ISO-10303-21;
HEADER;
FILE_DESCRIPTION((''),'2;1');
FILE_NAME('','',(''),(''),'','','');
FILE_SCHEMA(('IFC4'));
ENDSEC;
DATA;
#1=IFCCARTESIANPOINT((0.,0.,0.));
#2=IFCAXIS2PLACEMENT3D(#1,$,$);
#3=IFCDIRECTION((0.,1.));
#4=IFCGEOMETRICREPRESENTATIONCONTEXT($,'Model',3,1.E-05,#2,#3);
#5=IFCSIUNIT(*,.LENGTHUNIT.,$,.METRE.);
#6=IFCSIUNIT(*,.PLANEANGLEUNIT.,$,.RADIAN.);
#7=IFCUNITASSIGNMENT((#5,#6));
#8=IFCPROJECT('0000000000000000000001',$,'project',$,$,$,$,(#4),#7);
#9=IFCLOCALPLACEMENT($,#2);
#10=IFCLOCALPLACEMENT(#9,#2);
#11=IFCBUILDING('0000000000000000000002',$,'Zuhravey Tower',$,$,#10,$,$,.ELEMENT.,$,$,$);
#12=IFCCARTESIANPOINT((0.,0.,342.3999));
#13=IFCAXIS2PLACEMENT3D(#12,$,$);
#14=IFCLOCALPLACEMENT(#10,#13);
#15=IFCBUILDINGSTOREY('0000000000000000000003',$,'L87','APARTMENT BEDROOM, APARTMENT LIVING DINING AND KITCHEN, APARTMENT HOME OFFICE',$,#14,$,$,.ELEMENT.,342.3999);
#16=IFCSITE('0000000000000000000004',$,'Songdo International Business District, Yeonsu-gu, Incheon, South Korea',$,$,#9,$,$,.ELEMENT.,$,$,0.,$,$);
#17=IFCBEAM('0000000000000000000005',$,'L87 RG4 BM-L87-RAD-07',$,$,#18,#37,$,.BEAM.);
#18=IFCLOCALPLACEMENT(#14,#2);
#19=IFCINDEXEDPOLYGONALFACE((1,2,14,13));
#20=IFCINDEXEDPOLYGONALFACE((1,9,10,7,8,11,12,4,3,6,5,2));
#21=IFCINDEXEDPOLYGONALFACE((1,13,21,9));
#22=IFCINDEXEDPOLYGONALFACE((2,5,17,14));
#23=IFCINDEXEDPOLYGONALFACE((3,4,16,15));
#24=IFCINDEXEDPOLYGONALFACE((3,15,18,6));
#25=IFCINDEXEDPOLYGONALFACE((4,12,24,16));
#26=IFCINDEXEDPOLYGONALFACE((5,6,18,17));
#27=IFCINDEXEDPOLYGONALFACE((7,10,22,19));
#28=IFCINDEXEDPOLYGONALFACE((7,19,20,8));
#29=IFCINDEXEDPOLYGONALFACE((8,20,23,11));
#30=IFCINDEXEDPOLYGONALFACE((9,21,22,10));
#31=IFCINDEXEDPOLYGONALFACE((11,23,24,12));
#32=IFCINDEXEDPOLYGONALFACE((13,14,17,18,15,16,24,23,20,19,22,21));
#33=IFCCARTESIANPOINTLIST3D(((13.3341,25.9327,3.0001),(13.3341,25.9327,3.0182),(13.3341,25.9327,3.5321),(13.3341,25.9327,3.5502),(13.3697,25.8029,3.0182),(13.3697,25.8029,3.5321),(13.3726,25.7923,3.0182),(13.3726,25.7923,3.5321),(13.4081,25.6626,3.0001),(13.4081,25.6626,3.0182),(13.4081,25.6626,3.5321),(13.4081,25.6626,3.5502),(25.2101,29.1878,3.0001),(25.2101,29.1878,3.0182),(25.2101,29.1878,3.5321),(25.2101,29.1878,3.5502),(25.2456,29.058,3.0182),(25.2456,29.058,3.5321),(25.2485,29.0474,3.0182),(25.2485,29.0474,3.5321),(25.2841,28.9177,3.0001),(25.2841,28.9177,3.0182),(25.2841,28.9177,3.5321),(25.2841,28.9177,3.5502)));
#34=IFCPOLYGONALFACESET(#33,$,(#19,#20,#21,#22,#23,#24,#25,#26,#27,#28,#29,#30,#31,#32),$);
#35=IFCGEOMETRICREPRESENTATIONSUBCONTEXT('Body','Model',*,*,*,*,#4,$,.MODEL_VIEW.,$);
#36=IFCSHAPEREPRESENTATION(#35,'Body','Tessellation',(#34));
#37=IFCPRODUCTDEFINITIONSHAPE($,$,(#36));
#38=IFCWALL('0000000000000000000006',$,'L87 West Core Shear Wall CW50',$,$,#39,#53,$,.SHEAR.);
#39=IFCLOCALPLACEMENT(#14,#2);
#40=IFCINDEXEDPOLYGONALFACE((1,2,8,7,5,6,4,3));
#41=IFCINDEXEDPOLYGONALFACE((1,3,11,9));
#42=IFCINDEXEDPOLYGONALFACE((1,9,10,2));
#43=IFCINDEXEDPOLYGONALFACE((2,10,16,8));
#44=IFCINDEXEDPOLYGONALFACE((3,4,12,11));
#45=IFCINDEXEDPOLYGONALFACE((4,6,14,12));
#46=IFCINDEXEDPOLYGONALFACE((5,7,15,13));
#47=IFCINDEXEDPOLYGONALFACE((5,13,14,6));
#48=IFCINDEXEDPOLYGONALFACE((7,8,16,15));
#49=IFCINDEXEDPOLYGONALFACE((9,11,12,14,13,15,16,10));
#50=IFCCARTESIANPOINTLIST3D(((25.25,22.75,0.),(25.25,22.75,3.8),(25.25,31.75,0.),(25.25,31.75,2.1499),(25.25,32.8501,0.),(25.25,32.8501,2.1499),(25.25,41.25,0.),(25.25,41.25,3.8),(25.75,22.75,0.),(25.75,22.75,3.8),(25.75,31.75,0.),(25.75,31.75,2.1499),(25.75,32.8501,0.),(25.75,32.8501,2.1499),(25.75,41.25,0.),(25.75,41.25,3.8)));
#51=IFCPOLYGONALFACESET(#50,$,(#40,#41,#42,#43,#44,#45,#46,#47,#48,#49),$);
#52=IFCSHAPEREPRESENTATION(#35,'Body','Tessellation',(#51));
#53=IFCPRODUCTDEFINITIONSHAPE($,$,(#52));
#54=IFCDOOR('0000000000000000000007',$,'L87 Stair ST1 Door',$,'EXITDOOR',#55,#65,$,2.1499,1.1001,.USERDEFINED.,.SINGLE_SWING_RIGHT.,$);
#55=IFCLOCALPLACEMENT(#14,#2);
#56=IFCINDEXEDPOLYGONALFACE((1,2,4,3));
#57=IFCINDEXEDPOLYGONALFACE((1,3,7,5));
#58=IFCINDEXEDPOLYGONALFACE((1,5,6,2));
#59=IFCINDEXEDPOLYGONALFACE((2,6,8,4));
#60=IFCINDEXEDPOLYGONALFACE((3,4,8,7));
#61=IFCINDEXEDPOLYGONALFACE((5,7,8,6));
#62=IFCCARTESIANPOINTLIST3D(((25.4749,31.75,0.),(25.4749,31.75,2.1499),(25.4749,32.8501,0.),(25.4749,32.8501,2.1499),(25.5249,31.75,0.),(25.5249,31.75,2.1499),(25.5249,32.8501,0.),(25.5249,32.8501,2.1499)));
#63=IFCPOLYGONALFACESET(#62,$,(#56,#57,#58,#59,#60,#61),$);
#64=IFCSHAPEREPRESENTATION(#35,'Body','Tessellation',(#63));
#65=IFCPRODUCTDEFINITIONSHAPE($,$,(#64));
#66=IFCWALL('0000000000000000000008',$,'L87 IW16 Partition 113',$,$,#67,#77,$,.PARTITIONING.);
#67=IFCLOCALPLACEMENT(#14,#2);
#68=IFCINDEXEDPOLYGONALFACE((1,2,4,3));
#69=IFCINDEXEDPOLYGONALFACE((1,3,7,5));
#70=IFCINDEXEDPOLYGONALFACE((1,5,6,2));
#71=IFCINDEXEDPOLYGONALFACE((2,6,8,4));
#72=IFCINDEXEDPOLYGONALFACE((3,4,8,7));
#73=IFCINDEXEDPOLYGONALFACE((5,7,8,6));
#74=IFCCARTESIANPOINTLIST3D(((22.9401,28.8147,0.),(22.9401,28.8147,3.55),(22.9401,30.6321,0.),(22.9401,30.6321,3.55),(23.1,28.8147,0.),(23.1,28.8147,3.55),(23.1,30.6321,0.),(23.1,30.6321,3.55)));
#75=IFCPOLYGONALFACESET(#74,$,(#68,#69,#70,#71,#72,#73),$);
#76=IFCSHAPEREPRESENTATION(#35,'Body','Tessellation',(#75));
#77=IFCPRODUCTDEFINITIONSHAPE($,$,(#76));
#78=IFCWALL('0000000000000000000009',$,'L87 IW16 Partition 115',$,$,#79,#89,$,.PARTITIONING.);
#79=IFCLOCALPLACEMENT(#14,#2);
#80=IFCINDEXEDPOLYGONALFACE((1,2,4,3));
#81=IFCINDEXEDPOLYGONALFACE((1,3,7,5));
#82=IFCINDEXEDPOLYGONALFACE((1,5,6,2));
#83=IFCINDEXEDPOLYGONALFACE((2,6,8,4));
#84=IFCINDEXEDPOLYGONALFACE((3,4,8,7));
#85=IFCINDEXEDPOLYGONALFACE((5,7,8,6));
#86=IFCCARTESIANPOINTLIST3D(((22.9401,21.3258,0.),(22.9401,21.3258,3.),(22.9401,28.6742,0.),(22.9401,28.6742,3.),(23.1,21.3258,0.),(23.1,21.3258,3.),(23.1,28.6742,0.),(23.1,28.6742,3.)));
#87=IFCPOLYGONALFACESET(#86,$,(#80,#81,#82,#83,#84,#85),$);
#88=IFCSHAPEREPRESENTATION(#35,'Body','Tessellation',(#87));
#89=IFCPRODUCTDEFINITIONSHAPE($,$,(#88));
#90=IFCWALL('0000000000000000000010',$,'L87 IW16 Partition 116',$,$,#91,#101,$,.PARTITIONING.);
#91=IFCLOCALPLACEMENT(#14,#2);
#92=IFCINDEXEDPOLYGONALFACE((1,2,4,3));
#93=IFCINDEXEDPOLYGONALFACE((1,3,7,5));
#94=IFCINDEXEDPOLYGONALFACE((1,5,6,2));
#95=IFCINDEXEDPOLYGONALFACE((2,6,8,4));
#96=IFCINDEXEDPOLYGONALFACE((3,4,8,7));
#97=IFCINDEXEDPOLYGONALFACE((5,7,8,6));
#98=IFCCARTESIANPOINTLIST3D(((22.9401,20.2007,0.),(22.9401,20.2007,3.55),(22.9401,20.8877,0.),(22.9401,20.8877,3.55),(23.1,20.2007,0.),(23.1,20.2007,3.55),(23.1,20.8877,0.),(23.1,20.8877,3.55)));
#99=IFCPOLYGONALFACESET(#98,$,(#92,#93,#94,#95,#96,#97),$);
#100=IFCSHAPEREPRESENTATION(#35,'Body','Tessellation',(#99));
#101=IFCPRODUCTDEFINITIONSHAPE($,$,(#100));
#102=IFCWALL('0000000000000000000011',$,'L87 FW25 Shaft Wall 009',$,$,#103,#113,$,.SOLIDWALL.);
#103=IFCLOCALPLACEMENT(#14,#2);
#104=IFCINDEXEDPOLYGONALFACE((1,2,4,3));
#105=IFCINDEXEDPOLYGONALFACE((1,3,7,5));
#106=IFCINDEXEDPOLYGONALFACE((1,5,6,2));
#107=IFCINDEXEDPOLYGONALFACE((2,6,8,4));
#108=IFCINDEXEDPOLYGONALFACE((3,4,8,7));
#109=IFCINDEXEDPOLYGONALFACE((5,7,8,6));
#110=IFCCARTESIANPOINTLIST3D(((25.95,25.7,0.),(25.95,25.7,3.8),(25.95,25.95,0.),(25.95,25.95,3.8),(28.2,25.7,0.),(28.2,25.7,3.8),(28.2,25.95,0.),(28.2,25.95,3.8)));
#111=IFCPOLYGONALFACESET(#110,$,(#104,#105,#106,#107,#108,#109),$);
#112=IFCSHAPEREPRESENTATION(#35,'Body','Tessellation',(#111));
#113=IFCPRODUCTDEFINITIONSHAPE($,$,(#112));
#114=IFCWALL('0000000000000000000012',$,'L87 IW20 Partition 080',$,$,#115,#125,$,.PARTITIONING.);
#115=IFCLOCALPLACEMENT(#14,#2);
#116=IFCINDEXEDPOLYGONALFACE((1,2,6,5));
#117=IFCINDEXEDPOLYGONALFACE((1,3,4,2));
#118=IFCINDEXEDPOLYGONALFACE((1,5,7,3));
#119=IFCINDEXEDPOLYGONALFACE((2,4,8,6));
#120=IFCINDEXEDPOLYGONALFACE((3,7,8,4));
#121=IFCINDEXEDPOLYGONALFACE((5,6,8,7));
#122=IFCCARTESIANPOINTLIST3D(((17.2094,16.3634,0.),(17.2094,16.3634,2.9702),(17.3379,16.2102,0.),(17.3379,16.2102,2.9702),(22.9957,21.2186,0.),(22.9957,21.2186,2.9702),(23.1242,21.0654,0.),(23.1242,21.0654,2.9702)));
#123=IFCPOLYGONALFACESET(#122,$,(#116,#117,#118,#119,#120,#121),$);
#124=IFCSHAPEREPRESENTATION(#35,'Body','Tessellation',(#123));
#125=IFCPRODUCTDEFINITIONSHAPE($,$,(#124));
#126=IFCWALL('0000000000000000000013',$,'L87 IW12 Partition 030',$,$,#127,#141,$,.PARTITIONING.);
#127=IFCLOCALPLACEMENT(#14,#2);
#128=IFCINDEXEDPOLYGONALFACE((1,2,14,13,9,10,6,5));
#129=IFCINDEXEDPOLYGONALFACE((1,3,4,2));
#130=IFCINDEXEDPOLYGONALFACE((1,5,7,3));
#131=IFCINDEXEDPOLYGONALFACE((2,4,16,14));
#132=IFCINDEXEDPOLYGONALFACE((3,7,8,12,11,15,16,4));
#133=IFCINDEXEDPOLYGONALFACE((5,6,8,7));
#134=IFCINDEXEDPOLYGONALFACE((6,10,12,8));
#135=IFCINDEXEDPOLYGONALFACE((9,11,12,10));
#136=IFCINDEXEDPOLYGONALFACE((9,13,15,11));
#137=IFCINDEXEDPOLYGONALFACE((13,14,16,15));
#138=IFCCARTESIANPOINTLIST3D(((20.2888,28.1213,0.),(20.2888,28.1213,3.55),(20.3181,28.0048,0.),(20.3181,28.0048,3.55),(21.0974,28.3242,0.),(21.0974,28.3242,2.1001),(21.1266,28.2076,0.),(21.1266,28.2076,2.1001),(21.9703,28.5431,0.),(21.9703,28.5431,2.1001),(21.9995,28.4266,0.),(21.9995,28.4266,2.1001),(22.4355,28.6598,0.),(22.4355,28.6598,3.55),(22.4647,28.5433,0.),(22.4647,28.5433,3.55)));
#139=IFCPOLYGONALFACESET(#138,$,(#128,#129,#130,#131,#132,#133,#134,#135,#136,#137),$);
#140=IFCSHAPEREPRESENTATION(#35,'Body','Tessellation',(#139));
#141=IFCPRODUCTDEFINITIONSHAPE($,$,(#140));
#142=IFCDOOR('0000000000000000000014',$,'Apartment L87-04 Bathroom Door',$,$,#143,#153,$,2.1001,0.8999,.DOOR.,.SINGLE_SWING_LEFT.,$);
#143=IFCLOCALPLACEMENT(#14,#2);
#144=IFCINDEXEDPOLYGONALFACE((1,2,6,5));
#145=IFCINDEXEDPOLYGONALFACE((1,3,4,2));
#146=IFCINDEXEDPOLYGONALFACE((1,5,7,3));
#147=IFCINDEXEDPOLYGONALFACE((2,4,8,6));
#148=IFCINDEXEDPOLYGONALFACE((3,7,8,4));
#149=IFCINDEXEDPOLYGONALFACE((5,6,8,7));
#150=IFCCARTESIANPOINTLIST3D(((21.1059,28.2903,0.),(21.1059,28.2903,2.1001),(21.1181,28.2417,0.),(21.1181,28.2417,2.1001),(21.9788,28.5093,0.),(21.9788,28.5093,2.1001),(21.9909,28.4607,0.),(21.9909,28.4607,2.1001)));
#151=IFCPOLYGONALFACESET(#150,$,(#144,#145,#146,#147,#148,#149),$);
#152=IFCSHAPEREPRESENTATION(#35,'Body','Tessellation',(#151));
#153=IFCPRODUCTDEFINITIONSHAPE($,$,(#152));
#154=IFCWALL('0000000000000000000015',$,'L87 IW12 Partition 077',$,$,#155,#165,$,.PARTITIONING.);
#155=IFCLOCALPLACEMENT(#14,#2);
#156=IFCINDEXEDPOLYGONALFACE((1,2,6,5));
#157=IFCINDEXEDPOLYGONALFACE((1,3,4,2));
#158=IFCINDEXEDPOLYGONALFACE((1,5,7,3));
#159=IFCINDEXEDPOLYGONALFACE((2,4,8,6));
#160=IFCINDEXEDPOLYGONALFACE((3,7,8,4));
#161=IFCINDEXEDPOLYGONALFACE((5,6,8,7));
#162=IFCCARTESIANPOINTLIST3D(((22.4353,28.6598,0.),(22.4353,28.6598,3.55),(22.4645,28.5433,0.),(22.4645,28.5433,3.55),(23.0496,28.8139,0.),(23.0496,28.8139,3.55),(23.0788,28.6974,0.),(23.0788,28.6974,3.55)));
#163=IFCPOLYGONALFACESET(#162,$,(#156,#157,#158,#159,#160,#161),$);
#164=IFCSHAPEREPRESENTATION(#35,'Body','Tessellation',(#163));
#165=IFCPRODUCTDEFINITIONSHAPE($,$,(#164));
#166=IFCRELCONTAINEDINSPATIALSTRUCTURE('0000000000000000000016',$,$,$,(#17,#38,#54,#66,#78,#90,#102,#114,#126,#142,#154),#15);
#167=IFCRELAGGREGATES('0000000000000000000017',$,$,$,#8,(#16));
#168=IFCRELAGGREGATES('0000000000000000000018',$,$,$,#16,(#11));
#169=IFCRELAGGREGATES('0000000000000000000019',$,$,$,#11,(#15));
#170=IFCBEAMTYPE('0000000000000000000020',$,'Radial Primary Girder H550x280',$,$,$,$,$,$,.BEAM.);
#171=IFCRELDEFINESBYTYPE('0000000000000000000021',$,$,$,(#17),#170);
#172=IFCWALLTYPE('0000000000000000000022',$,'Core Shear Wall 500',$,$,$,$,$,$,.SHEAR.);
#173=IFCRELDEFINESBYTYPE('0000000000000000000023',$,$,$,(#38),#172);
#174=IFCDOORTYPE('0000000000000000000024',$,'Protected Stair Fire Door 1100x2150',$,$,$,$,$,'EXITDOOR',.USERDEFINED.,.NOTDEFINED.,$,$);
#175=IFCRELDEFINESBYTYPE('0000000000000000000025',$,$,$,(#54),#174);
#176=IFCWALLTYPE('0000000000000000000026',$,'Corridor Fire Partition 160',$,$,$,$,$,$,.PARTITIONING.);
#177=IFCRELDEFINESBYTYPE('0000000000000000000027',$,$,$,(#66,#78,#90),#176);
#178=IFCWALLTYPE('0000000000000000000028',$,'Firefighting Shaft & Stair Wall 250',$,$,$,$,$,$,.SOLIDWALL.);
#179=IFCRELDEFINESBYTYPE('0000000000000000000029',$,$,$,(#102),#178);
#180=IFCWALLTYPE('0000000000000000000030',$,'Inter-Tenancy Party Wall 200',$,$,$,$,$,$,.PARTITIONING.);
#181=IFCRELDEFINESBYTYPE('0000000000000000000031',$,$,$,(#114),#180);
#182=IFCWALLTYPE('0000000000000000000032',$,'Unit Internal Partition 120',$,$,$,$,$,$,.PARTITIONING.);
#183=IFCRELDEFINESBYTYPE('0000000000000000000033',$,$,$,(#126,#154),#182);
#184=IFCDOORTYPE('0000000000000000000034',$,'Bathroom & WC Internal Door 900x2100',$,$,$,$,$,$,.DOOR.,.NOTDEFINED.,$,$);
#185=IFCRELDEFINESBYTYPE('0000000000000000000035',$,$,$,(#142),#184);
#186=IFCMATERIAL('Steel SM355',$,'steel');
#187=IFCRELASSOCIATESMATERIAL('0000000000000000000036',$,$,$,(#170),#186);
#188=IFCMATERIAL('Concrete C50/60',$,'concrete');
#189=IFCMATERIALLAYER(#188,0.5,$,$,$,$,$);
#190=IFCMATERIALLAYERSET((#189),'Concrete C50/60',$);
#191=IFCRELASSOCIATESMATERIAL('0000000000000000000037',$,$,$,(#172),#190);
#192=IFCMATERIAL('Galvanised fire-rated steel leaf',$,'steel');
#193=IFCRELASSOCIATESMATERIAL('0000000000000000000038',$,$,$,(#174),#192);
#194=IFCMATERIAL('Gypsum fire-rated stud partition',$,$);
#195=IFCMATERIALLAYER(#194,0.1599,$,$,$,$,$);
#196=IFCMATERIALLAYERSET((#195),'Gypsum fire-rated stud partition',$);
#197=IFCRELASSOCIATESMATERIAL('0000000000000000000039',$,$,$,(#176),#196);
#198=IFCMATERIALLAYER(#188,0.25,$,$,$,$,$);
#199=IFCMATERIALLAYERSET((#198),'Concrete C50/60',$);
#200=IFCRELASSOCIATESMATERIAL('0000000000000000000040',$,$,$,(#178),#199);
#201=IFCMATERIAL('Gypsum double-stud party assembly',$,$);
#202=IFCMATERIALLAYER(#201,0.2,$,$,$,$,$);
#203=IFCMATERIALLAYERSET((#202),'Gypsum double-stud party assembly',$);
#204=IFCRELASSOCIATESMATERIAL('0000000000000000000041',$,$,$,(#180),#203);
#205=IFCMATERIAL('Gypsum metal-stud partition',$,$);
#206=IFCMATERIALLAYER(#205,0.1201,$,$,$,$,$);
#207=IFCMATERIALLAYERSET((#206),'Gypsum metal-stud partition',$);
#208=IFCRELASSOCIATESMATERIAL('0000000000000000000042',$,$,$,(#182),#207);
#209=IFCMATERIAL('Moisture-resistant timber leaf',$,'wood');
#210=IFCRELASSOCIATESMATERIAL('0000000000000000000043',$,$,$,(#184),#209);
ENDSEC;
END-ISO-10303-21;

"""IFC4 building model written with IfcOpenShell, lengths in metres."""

from ifc_helpers import new_model, si_unit, direction, frame, frame_2d, origin, origin_2d, place, context, subcontext, project, spatial, rectangle, i_section, extrude, material, layer, layer_set, material_profile, profile_set, type_object, element, fill, save


model = new_model("IFC4")

# Units and contexts
model_context = context("Model", 3, precision=1e-05, world=origin(), true_north=direction((0.0, 1.0)))
body_context = subcontext(model_context, "Body", "Model", "MODEL_VIEW")
ifc_project = project(units=[si_unit("LENGTHUNIT", "METRE"), si_unit("PLANEANGLEUNIT", "RADIAN")], contexts=[model_context])

# Site, building, storey
site_placement = place(None, origin())
site = spatial("IfcSite", under=ifc_project, at=site_placement, Name="Songdo International Business District, Yeonsu-gu, Incheon, South Korea", CompositionType="ELEMENT", RefElevation=0.0)
building_placement = place(site_placement, origin())
building = spatial("IfcBuilding", under=site, at=building_placement, Name="Zuhravey Tower", CompositionType="ELEMENT")
storey_placement = place(building_placement, frame((0.0, 0.0, 342.3999)))
storey = spatial("IfcBuildingStorey", under=building, at=storey_placement, Name="L87", Description="APARTMENT BEDROOM, APARTMENT LIVING DINING AND KITCHEN, APARTMENT HOME OFFICE", CompositionType="ELEMENT", Elevation=342.3999)

# Beam
ifc_material_1 = material(Name="Steel SM355", Category="steel")
ifc_material_profile = material_profile(ifc_material_1, i_section(OverallWidth=0.28, OverallDepth=0.55, WebThickness=0.011, FlangeThickness=0.0181, at=origin_2d()), Name="H-550x280x11x18")
ifc_profile_set = profile_set([ifc_material_profile], Name="Steel SM355")
beam_type = type_object("IfcBeamType", Name="Radial Primary Girder H550x280", PredefinedType="BEAM", material=ifc_profile_set)
beam_placement = place(storey_placement, frame((25.2471, 29.0527, 3.2751), z_axis=(-0.964429, -0.264344, 0.0), x_axis=(0.264344, -0.964429, 0.0)))
element("IfcBeam", 1, at=beam_placement, inside=storey, type_object=beam_type, Name="L87 RG4 BM-L87-RAD-07", PredefinedType="BEAM", context=body_context, shape_type="SweptSolid", body=[
    extrude(i_section(OverallWidth=0.28, OverallDepth=0.55, WebThickness=0.011, FlangeThickness=0.0181, at=origin_2d()), origin(), (0.0, 0.0, 1.0), 12.314),
])

# Wall, opening, door
ifc_material_2 = material(Name="Concrete C50/60", Category="concrete")
ifc_layer_1 = layer(ifc_material_2, 0.5)
ifc_layer_set_1 = layer_set([ifc_layer_1], Name="Concrete C50/60")
wall_type_1 = type_object("IfcWallType", Name="Core Shear Wall 500", PredefinedType="SHEAR", material=ifc_layer_set_1)
ifc_material_3 = material(Name="Galvanised fire-rated steel leaf", Category="steel")
wall_1_placement = place(storey_placement, frame((25.5, 22.75, 0.0), z_axis=(0.0, 0.0, 1.0), x_axis=(0.0, 1.0, 0.0)))
wall_1 = element("IfcWall", 2, at=wall_1_placement, inside=storey, type_object=wall_type_1, Name="L87 West Core Shear Wall CW50", PredefinedType="SHEAR", context=body_context, shape_type="SweptSolid", body=[
    extrude(rectangle(XDim=18.5, YDim=0.5, at=frame_2d((9.25, 0.0))), origin(), (0.0, 0.0, 1.0), 3.8),
])
opening_1_placement = place(wall_1_placement, frame((9.0, 0.0, 0.0)))
opening_1 = element("IfcOpeningElement", 3, at=opening_1_placement, cuts=wall_1, PredefinedType="OPENING", context=body_context, shape_type="SweptSolid", body=[
    extrude(rectangle(XDim=1.1001, YDim=2.1499, at=frame_2d((0.55, 1.075))), frame((0.0, 0.262, 0.0), z_axis=(0.0, -1.0, 0.0), x_axis=(1.0, 0.0, 0.0)), (0.0, 0.0, 1.0), 0.5239),
])
door_type_1 = type_object("IfcDoorType", Name="Protected Stair Fire Door 1100x2150", ElementType="EXITDOOR", OperationType="NOTDEFINED", PredefinedType="USERDEFINED", material=ifc_material_3)
door_1_placement = place(opening_1_placement, frame((1.1001, 0.0, 0.0), z_axis=(0.0, 0.0, 1.0), x_axis=(-1.0, 0.0, 0.0)))
door_1 = element("IfcDoor", 4, at=door_1_placement, inside=storey, type_object=door_type_1, Name="L87 Stair ST1 Door", ObjectType="EXITDOOR", OperationType="SINGLE_SWING_RIGHT", OverallHeight=2.1499, OverallWidth=1.1001, PredefinedType="USERDEFINED", context=body_context, shape_type="SweptSolid", body=[
    extrude(rectangle(XDim=1.1001, YDim=2.1499, at=frame_2d((0.55, 1.075))), frame((0.0, 0.0249, 0.0), z_axis=(0.0, -1.0, 0.0), x_axis=(1.0, 0.0, 0.0)), (0.0, 0.0, 1.0), 0.05),
])
fill(opening_1, door_1)

# Walls
ifc_material_4 = material(Name="Gypsum fire-rated stud partition")
ifc_layer_2 = layer(ifc_material_4, 0.1599)
ifc_layer_set_2 = layer_set([ifc_layer_2], Name="Gypsum fire-rated stud partition")
wall_type_2 = type_object("IfcWallType", Name="Corridor Fire Partition 160", PredefinedType="PARTITIONING", material=ifc_layer_set_2)
wall_2_placement = place(storey_placement, frame((23.02, 30.6321, 0.0), z_axis=(0.0, 0.0, 1.0), x_axis=(0.0, -1.0, 0.0)))
element("IfcWall", 5, at=wall_2_placement, inside=storey, type_object=wall_type_2, Name="L87 IW16 Partition 113", PredefinedType="PARTITIONING", context=body_context, shape_type="SweptSolid", body=[
    extrude(rectangle(XDim=1.8174, YDim=0.1599, at=frame_2d((0.9087, 0.0))), origin(), (0.0, 0.0, 1.0), 3.55),
])
wall_3_placement = place(storey_placement, frame((23.02, 28.6743, 0.0), z_axis=(0.0, 0.0, 1.0), x_axis=(0.0, -1.0, 0.0)))
element("IfcWall", 6, at=wall_3_placement, inside=storey, type_object=wall_type_2, Name="L87 IW16 Partition 115", PredefinedType="PARTITIONING", context=body_context, shape_type="SweptSolid", body=[
    extrude(rectangle(XDim=7.3484, YDim=0.1599, at=frame_2d((3.6743, 0.0))), origin(), (0.0, 0.0, 1.0), 3.0),
])
wall_4_placement = place(storey_placement, frame((23.02, 20.8877, 0.0), z_axis=(0.0, 0.0, 1.0), x_axis=(0.0, -1.0, 0.0)))
element("IfcWall", 7, at=wall_4_placement, inside=storey, type_object=wall_type_2, Name="L87 IW16 Partition 116", PredefinedType="PARTITIONING", context=body_context, shape_type="SweptSolid", body=[
    extrude(rectangle(XDim=0.687, YDim=0.1599, at=frame_2d((0.3435, 0.0))), origin(), (0.0, 0.0, 1.0), 3.55),
])
ifc_layer_3 = layer(ifc_material_2, 0.25)
ifc_layer_set_3 = layer_set([ifc_layer_3], Name="Concrete C50/60")
wall_type_3 = type_object("IfcWallType", Name="Firefighting Shaft & Stair Wall 250", PredefinedType="SOLIDWALL", material=ifc_layer_set_3)
wall_5_placement = place(storey_placement, frame((25.95, 25.825, 0.0), z_axis=(0.0, 0.0, 1.0), x_axis=(1.0, 0.0, 0.0)))
element("IfcWall", 8, at=wall_5_placement, inside=storey, type_object=wall_type_3, Name="L87 FW25 Shaft Wall 009", PredefinedType="SOLIDWALL", context=body_context, shape_type="SweptSolid", body=[
    extrude(rectangle(XDim=2.25, YDim=0.25, at=frame_2d((1.125, 0.0))), origin(), (0.0, 0.0, 1.0), 3.8),
])
ifc_material_5 = material(Name="Gypsum double-stud party assembly")
ifc_layer_4 = layer(ifc_material_5, 0.2)
ifc_layer_set_4 = layer_set([ifc_layer_4], Name="Gypsum double-stud party assembly")
wall_type_4 = type_object("IfcWallType", Name="Inter-Tenancy Party Wall 200", PredefinedType="PARTITIONING", material=ifc_layer_set_4)
wall_6_placement = place(storey_placement, frame((23.0601, 21.1421, 0.0), z_axis=(0.0, 0.0, 1.0), x_axis=(-0.766052, -0.642778, 0.0)))
element("IfcWall", 9, at=wall_6_placement, inside=storey, type_object=wall_type_4, Name="L87 IW20 Partition 080", PredefinedType="PARTITIONING", context=body_context, shape_type="SweptSolid", body=[
    extrude(rectangle(XDim=7.5535, YDim=0.2, at=frame_2d((3.7769, 0.0))), origin(), (0.0, 0.0, 1.0), 2.9702),
])

# Wall, opening, door
ifc_material_6 = material(Name="Gypsum metal-stud partition")
ifc_layer_5 = layer(ifc_material_6, 0.1201)
ifc_layer_set_5 = layer_set([ifc_layer_5], Name="Gypsum metal-stud partition")
wall_type_5 = type_object("IfcWallType", Name="Unit Internal Partition 120", PredefinedType="PARTITIONING", material=ifc_layer_set_5)
wall_7_placement = place(storey_placement, frame((22.45, 28.6016, 0.0), z_axis=(0.0, 0.0, 1.0), x_axis=(-0.969941, -0.24334, 0.0)))
wall_7 = element("IfcWall", 10, at=wall_7_placement, inside=storey, type_object=wall_type_5, Name="L87 IW12 Partition 030", PredefinedType="PARTITIONING", context=body_context, shape_type="SweptSolid", body=[
    extrude(rectangle(XDim=2.2131, YDim=0.1201, at=frame_2d((1.1064, 0.0))), origin(), (0.0, 0.0, 1.0), 3.55),
])
opening_2_placement = place(wall_7_placement, frame((0.4795, 0.0, 0.0)))
opening_2 = element("IfcOpeningElement", 11, at=opening_2_placement, cuts=wall_7, PredefinedType="OPENING", context=body_context, shape_type="SweptSolid", body=[
    extrude(rectangle(XDim=0.8999, YDim=2.1001, at=frame_2d((0.45, 1.05))), frame((0.0, 0.072, 0.0), z_axis=(0.0, -1.0, 0.0), x_axis=(1.0, 0.0, 0.0)), (0.0, 0.0, 1.0), 0.144),
])
ifc_material_7 = material(Name="Moisture-resistant timber leaf", Category="wood")
door_type_2 = type_object("IfcDoorType", Name="Bathroom & WC Internal Door 900x2100", OperationType="NOTDEFINED", PredefinedType="DOOR", material=ifc_material_7)
door_2_placement = place(opening_2_placement, origin())
door_2 = element("IfcDoor", 12, at=door_2_placement, inside=storey, type_object=door_type_2, Name="Apartment L87-04 Bathroom Door", OperationType="SINGLE_SWING_LEFT", OverallHeight=2.1001, OverallWidth=0.8999, PredefinedType="DOOR", context=body_context, shape_type="SweptSolid", body=[
    extrude(rectangle(XDim=0.8999, YDim=2.1001, at=frame_2d((0.45, 1.05))), frame((0.0, 0.0249, 0.0), z_axis=(0.0, -1.0, 0.0), x_axis=(1.0, 0.0, 0.0)), (0.0, 0.0, 1.0), 0.05),
])
fill(opening_2, door_2)

# Wall
wall_8_placement = place(storey_placement, frame((23.0642, 28.7556, 0.0), z_axis=(0.0, 0.0, 1.0), x_axis=(-0.969961, -0.243261, 0.0)))
element("IfcWall", 13, at=wall_8_placement, inside=storey, type_object=wall_type_5, Name="L87 IW12 Partition 077", PredefinedType="PARTITIONING", context=body_context, shape_type="SweptSolid", body=[
    extrude(rectangle(XDim=0.6333, YDim=0.1201, at=frame_2d((0.3167, 0.0))), origin(), (0.0, 0.0, 1.0), 3.55),
])

save(model, "model.ifc")
